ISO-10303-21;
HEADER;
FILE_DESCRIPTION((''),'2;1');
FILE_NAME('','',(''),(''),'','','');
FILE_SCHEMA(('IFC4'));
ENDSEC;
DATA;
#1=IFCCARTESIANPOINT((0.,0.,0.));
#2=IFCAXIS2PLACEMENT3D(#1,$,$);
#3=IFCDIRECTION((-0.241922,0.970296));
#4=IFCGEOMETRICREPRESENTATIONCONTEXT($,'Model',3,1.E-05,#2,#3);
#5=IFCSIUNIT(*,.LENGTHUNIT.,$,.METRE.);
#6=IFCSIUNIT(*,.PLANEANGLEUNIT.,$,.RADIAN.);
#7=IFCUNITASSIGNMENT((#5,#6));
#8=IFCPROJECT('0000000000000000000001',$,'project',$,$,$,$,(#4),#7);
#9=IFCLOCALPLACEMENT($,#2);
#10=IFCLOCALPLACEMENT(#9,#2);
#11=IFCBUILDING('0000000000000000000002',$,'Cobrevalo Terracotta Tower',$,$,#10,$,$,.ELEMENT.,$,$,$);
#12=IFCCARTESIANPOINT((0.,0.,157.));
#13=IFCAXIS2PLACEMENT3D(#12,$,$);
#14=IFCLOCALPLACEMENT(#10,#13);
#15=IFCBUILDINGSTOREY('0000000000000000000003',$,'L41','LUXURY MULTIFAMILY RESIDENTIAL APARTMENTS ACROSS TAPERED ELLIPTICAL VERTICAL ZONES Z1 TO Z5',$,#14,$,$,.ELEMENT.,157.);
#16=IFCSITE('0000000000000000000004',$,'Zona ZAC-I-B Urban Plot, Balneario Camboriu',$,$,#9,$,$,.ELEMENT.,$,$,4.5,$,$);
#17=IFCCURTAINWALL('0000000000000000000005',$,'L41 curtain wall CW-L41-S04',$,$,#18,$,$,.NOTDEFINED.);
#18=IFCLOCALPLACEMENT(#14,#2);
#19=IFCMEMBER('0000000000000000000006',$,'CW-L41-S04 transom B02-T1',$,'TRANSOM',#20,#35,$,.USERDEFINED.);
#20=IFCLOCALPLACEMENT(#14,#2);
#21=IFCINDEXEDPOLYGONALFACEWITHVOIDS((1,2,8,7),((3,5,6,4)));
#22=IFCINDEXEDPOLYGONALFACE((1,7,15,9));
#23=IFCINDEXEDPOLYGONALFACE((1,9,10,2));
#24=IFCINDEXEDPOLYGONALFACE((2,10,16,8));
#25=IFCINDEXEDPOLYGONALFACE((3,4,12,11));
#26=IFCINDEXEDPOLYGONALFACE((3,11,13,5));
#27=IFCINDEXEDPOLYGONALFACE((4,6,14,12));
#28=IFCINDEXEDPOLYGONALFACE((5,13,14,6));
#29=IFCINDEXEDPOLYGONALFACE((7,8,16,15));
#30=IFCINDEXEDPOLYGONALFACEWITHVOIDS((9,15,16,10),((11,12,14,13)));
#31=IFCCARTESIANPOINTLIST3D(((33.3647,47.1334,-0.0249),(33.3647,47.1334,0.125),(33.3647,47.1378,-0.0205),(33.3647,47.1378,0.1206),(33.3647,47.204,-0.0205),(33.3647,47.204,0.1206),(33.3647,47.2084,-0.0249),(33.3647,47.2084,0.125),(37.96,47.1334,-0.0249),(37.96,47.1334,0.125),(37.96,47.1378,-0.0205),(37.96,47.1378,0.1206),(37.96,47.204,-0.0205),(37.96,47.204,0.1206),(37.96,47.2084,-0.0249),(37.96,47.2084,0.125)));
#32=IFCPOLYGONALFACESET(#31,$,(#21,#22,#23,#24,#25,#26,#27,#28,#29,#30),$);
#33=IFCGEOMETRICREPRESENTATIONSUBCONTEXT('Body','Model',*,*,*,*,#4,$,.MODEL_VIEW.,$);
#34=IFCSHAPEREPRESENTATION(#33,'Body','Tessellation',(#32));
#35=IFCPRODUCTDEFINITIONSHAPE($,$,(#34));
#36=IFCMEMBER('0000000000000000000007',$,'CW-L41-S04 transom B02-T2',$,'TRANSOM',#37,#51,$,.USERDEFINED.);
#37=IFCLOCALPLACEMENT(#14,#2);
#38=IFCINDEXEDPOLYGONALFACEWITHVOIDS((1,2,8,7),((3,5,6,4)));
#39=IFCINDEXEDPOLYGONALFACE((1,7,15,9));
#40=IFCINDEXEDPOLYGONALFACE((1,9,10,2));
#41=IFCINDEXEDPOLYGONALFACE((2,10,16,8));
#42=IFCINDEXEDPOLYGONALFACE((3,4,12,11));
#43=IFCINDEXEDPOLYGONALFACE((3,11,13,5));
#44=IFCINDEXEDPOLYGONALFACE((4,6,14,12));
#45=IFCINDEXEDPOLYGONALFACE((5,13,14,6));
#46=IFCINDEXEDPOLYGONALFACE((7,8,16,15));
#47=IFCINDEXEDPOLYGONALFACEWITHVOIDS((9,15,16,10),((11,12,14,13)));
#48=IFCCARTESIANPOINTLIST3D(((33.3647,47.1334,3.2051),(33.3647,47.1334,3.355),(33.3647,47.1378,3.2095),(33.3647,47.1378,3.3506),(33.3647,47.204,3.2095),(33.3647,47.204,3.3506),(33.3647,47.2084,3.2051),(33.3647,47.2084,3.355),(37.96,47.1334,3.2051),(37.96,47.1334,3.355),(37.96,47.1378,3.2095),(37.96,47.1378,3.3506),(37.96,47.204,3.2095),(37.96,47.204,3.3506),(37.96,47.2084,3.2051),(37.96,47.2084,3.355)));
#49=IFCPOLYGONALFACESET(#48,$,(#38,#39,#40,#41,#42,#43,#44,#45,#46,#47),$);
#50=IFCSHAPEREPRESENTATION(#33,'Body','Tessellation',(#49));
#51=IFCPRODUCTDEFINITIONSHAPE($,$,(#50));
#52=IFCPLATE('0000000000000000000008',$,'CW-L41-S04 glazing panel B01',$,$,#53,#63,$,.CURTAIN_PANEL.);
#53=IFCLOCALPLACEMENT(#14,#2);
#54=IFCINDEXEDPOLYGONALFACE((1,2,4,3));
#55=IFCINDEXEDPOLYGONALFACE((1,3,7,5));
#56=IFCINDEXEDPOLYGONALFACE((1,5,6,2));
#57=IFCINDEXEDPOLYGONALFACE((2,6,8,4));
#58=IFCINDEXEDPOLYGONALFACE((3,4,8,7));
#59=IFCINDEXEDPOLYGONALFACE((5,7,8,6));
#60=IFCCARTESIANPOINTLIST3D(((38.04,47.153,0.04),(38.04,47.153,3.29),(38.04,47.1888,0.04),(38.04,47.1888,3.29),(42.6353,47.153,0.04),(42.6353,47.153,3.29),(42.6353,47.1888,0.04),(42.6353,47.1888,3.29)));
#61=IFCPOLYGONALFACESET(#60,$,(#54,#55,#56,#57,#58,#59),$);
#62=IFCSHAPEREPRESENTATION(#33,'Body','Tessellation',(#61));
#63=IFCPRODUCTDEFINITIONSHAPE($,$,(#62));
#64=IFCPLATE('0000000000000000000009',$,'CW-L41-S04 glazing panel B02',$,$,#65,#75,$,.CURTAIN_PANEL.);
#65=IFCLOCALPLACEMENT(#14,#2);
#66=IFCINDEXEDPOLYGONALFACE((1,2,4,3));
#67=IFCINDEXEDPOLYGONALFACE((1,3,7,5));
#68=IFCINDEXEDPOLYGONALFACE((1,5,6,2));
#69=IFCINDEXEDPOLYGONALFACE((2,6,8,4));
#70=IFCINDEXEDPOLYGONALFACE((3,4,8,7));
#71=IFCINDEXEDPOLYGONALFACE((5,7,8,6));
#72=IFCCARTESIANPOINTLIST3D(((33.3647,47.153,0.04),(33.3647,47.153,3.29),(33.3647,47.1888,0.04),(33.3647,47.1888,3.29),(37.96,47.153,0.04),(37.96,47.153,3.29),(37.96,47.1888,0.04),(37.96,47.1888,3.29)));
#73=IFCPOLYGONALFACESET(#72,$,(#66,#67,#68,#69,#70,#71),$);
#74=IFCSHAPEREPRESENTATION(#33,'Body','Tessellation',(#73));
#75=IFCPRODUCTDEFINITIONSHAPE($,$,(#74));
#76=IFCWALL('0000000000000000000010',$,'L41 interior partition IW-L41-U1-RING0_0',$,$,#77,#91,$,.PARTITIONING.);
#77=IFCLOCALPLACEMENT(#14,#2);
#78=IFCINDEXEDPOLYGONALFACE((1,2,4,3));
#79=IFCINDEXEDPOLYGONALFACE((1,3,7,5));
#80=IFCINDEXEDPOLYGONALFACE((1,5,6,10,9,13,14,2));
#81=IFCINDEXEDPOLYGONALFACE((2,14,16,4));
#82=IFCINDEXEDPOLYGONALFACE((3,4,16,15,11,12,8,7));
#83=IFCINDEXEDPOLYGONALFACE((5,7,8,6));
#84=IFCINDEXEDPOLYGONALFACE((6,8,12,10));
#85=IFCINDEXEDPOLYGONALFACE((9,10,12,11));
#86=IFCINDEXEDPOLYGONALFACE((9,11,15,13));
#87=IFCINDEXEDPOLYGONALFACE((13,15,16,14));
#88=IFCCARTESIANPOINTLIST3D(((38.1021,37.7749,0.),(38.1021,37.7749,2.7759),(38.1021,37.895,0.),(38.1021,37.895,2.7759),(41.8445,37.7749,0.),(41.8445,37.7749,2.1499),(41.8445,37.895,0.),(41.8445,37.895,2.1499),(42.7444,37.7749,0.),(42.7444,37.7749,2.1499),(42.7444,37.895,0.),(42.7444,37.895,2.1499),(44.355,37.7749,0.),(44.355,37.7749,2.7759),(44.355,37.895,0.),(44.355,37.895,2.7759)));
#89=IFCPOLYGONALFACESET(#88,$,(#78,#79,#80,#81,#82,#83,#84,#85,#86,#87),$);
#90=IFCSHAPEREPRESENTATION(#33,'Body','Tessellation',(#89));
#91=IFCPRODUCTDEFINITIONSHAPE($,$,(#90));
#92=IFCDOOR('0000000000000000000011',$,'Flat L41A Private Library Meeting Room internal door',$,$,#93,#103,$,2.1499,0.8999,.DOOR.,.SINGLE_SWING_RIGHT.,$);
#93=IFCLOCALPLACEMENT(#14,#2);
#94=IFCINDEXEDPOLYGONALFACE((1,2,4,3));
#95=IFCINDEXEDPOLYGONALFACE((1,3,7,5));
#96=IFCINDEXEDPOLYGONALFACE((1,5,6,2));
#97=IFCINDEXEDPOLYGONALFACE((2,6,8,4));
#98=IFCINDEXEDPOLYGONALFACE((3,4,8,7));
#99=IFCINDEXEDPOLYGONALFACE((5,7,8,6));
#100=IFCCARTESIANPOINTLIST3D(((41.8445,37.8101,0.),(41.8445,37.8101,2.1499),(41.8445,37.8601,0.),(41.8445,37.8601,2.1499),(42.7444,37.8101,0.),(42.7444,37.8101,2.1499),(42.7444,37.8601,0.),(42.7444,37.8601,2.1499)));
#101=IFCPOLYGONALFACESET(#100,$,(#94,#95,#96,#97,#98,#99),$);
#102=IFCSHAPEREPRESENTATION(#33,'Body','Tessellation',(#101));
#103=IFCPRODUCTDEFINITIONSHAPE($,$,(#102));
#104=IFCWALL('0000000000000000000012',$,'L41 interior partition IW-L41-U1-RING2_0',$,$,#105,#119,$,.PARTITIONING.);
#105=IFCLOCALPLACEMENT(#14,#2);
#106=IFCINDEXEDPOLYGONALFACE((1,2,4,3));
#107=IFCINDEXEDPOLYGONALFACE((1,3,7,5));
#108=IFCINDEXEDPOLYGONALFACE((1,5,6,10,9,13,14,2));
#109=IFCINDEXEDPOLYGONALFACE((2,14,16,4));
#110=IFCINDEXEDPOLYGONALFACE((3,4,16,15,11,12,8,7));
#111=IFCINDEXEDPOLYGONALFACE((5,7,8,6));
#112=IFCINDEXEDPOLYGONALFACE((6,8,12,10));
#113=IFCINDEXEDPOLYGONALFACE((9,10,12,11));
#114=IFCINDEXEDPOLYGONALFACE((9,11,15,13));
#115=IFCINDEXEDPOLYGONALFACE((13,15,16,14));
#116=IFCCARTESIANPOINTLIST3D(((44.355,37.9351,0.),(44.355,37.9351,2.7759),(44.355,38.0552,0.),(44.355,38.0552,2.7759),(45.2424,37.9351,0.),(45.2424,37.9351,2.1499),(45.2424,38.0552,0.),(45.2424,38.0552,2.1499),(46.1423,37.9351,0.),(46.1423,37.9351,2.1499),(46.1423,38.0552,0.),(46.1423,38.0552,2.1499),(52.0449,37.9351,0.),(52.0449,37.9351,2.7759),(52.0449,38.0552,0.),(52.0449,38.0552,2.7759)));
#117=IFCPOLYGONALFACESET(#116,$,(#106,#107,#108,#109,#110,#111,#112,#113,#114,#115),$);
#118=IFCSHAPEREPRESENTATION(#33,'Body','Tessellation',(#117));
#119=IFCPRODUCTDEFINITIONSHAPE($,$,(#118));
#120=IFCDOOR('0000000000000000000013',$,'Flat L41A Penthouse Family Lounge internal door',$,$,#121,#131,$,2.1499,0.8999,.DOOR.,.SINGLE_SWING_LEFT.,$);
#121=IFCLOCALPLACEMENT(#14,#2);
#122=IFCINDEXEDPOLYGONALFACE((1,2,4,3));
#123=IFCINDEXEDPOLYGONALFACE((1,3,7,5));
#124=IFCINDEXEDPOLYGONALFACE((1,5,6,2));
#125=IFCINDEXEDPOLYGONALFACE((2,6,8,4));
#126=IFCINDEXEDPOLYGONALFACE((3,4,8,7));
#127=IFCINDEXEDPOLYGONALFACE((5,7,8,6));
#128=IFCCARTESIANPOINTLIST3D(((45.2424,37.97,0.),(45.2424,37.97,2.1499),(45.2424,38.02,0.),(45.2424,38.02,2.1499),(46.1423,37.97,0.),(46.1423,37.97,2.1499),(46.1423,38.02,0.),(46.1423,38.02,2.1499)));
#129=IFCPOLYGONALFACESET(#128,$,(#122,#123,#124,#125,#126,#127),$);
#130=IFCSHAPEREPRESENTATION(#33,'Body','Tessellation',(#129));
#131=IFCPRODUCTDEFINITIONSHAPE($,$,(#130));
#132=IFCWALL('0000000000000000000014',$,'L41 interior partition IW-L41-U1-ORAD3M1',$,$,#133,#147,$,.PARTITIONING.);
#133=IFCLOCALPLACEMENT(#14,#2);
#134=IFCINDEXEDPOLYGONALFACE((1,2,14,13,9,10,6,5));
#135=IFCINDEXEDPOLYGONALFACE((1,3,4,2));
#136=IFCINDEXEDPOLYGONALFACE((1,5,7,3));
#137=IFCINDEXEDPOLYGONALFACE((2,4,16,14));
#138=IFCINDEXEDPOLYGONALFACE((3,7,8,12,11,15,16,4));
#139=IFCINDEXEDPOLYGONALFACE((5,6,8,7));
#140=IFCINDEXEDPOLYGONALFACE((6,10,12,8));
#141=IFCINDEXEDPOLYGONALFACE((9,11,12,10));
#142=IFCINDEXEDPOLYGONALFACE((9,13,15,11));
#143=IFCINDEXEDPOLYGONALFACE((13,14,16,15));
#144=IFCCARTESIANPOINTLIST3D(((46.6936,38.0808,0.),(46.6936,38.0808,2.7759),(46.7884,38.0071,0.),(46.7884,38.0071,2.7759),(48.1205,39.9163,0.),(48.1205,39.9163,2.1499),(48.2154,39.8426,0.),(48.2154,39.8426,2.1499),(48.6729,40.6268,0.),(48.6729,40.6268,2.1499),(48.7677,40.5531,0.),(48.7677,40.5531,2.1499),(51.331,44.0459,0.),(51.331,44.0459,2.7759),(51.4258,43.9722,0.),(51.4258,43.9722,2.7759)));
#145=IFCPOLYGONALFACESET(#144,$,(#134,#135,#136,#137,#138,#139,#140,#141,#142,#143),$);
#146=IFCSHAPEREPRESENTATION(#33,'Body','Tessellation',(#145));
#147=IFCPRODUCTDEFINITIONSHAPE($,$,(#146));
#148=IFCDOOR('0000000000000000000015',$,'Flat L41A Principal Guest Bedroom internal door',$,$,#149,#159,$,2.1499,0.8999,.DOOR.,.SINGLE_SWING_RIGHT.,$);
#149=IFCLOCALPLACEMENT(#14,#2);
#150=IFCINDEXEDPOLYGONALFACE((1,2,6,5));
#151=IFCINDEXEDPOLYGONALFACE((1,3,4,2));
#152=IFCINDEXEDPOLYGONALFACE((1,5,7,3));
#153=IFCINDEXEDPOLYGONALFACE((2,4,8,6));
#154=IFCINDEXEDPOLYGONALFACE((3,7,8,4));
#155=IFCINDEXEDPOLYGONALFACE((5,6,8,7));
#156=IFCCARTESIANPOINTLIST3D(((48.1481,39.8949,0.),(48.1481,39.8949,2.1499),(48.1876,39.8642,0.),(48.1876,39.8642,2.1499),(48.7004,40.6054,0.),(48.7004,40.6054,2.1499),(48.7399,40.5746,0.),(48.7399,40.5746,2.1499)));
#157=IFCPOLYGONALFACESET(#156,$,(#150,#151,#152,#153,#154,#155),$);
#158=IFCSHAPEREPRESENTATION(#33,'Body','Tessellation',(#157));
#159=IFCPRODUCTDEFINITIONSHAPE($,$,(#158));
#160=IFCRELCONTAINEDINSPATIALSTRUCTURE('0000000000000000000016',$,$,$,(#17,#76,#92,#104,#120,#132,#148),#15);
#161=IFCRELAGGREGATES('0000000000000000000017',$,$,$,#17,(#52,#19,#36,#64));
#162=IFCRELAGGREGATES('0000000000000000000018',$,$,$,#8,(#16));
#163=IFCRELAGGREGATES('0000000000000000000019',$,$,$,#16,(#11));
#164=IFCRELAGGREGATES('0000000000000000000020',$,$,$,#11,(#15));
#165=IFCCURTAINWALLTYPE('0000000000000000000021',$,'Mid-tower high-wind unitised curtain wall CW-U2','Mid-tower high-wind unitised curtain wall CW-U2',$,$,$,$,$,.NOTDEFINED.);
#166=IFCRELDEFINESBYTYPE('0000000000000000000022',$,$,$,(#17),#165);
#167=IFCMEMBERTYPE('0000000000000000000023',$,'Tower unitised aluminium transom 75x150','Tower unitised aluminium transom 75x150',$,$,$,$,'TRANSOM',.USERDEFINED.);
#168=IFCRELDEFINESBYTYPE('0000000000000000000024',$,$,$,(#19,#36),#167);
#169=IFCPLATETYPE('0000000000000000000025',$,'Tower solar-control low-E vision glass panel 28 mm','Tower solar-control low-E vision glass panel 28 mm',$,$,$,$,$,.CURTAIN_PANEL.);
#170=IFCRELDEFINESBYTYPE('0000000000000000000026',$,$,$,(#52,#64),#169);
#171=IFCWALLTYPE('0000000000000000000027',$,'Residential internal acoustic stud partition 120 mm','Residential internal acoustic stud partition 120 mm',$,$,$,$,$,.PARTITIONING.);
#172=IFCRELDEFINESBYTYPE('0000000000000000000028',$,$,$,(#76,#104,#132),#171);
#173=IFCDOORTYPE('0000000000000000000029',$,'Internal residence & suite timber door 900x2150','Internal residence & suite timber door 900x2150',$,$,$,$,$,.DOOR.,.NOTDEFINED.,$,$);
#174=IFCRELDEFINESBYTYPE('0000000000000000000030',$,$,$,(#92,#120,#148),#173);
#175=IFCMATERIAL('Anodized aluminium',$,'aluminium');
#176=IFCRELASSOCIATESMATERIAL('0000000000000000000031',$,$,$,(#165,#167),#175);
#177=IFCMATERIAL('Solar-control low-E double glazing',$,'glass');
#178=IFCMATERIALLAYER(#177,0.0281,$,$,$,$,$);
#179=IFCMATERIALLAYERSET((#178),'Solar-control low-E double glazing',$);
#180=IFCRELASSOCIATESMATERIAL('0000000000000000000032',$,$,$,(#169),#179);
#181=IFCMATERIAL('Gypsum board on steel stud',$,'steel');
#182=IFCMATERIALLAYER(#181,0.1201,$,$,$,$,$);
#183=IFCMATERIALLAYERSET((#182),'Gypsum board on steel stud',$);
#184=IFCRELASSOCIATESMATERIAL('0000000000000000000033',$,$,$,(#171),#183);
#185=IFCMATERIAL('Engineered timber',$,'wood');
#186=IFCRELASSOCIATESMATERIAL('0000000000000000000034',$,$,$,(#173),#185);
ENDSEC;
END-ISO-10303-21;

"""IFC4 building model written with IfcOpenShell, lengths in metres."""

from ifc_helpers import new_model, si_unit, direction, frame, frame_2d, origin, origin_2d, place, context, subcontext, project, spatial, rectangle, hollow_rectangle, extrude, source, transform, mapped, material, layer, layer_set, material_profile, profile_set, type_object, element, fill, aggregate, save


model = new_model("IFC4")

# Units and contexts
model_context = context("Model", 3, precision=1e-05, world=origin(), true_north=direction((-0.241922, 0.970296)))
body_context = subcontext(model_context, "Body", "Model", "MODEL_VIEW")
ifc_project = project(units=[si_unit("LENGTHUNIT", "METRE"), si_unit("PLANEANGLEUNIT", "RADIAN")], contexts=[model_context])

# Site, building, storey
site_placement = place(None, origin())
site = spatial("IfcSite", under=ifc_project, at=site_placement, Name="Zona ZAC-I-B Urban Plot, Balneario Camboriu", CompositionType="ELEMENT", RefElevation=4.5)
building_placement = place(site_placement, origin())
building = spatial("IfcBuilding", under=site, at=building_placement, Name="Cobrevalo Terracotta Tower", CompositionType="ELEMENT")
storey_placement = place(building_placement, frame((0.0, 0.0, 157.0)))
storey = spatial("IfcBuildingStorey", under=building, at=storey_placement, Name="L41", Description="LUXURY MULTIFAMILY RESIDENTIAL APARTMENTS ACROSS TAPERED ELLIPTICAL VERTICAL ZONES Z1 TO Z5", CompositionType="ELEMENT", Elevation=157.0)

# Curtain wall, members, plates
ifc_material_1 = material(Name="Anodized aluminium", Category="aluminium")
curtain_wall_type = type_object("IfcCurtainWallType", Name="Mid-tower high-wind unitised curtain wall CW-U2", Description="Mid-tower high-wind unitised curtain wall CW-U2", PredefinedType="NOTDEFINED", material=ifc_material_1)
curtain_wall_placement = place(storey_placement, origin())
curtain_wall = element("IfcCurtainWall", 1, at=curtain_wall_placement, inside=storey, type_object=curtain_wall_type, Name="L41 curtain wall CW-L41-S04", PredefinedType="NOTDEFINED")
ifc_material_profile_1 = material_profile(ifc_material_1, hollow_rectangle(XDim=0.075, YDim=0.1499, WallThickness=0.0044, at=origin_2d()), Name="CWT 75x150")
ifc_profile_set_1 = profile_set([ifc_material_profile_1], Name="Anodized aluminium")
member_type_1 = type_object("IfcMemberType", Name="Tower unitised aluminium transom 75x150", Description="Tower unitised aluminium transom 75x150", ElementType="TRANSOM", PredefinedType="USERDEFINED", material=ifc_profile_set_1)
shared_shape_1 = source(origin(), body_context, "Body", "SweptSolid", [
    extrude(hollow_rectangle(XDim=0.075, YDim=0.1499, WallThickness=0.0044, at=origin_2d()), origin(), (0.0, 0.0, 1.0), 4.5952),
])
member_1_placement = place(storey_placement, frame((37.96, 47.1709, 0.05), z_axis=(-1.0, 0.0, 0.0), x_axis=(0.0, -1.0, 0.0)))
member_1 = element("IfcMember", 2, at=member_1_placement, type_object=member_type_1, Name="CW-L41-S04 transom B02-T1", ObjectType="TRANSOM", PredefinedType="USERDEFINED", context=body_context, shape_type="MappedRepresentation", body=[
    mapped(shared_shape_1, transform((0.0, 0.0, 0.0), scale=1.0)),
])
member_2_placement = place(storey_placement, frame((37.96, 47.1709, 3.28), z_axis=(-1.0, 0.0, 0.0), x_axis=(0.0, -1.0, 0.0)))
member_2 = element("IfcMember", 3, at=member_2_placement, type_object=member_type_1, Name="CW-L41-S04 transom B02-T2", ObjectType="TRANSOM", PredefinedType="USERDEFINED", context=body_context, shape_type="MappedRepresentation", body=[
    mapped(shared_shape_1, transform((0.0, 0.0, 0.0), scale=1.0)),
])
ifc_material_2 = material(Name="Solar-control low-E double glazing", Category="glass")
ifc_layer_1 = layer(ifc_material_2, 0.0281)
ifc_layer_set_1 = layer_set([ifc_layer_1], Name="Solar-control low-E double glazing")
plate_type = type_object("IfcPlateType", Name="Tower solar-control low-E vision glass panel 28 mm", Description="Tower solar-control low-E vision glass panel 28 mm", PredefinedType="CURTAIN_PANEL", material=ifc_layer_set_1)
shared_shape_2 = source(origin(), body_context, "Body", "SweptSolid", [
    extrude(rectangle(XDim=4.5952, YDim=0.0359, at=origin_2d()), origin(), (0.0, 0.0, 1.0), 3.25),
])
plate_1_placement = place(storey_placement, frame((40.3376, 47.1709, 0.04), z_axis=(0.0, 0.0, 1.0), x_axis=(-1.0, 0.0, 0.0)))
plate_1 = element("IfcPlate", 4, at=plate_1_placement, type_object=plate_type, Name="CW-L41-S04 glazing panel B01", PredefinedType="CURTAIN_PANEL", context=body_context, shape_type="MappedRepresentation", body=[
    mapped(shared_shape_2, transform((0.0, 0.0, 0.0), scale=1.0)),
])
plate_2_placement = place(storey_placement, frame((35.6624, 47.1709, 0.04), z_axis=(0.0, 0.0, 1.0), x_axis=(-1.0, 0.0, 0.0)))
plate_2 = element("IfcPlate", 5, at=plate_2_placement, type_object=plate_type, Name="CW-L41-S04 glazing panel B02", PredefinedType="CURTAIN_PANEL", context=body_context, shape_type="MappedRepresentation", body=[
    mapped(shared_shape_2, transform((0.0, 0.0, 0.0), scale=1.0)),
])
aggregate(curtain_wall, [plate_1, member_1, member_2, plate_2])

# Walls, openings, doors
ifc_material_3 = material(Name="Gypsum board on steel stud", Category="steel")
ifc_layer_2 = layer(ifc_material_3, 0.1201)
ifc_layer_set_2 = layer_set([ifc_layer_2], Name="Gypsum board on steel stud")
wall_type = type_object("IfcWallType", Name="Residential internal acoustic stud partition 120 mm", Description="Residential internal acoustic stud partition 120 mm", PredefinedType="PARTITIONING", material=ifc_layer_set_2)
wall_1_placement = place(storey_placement, frame((38.1021, 37.835, 0.0), z_axis=(0.0, 0.0, 1.0), x_axis=(1.0, 0.0, 0.0)))
wall_1 = element("IfcWall", 6, at=wall_1_placement, inside=storey, type_object=wall_type, Name="L41 interior partition IW-L41-U1-RING0_0", PredefinedType="PARTITIONING", context=body_context, shape_type="SweptSolid", body=[
    extrude(rectangle(XDim=6.2529, YDim=0.1201, at=frame_2d((3.1265, 0.0))), origin(), (0.0, 0.0, 1.0), 2.7759),
])
opening_1_placement = place(wall_1_placement, frame((3.7424, 0.0, 0.0)))
opening_1 = element("IfcOpeningElement", 7, at=opening_1_placement, cuts=wall_1, PredefinedType="OPENING", context=body_context, shape_type="SweptSolid", body=[
    extrude(rectangle(XDim=0.8999, YDim=2.1499, at=frame_2d((0.45, 1.075))), frame((0.0, 0.0701, 0.0), z_axis=(0.0, -1.0, 0.0), x_axis=(1.0, 0.0, 0.0)), (0.0, 0.0, 1.0), 0.1401),
])
ifc_material_4 = material(Name="Engineered timber", Category="wood")
door_type = type_object("IfcDoorType", Name="Internal residence & suite timber door 900x2150", Description="Internal residence & suite timber door 900x2150", OperationType="NOTDEFINED", PredefinedType="DOOR", material=ifc_material_4)
shared_shape_3 = source(origin(), body_context, "Body", "SweptSolid", [
    extrude(rectangle(XDim=0.8999, YDim=2.1499, at=frame_2d((0.45, 1.075))), frame((0.0, 0.0249, 0.0), z_axis=(0.0, -1.0, 0.0), x_axis=(1.0, 0.0, 0.0)), (0.0, 0.0, 1.0), 0.05),
])
door_1_placement = place(opening_1_placement, frame((0.8999, 0.0, 0.0), z_axis=(0.0, 0.0, 1.0), x_axis=(-1.0, 0.0, 0.0)))
door_1 = element("IfcDoor", 8, at=door_1_placement, inside=storey, type_object=door_type, Name="Flat L41A Private Library Meeting Room internal door", OperationType="SINGLE_SWING_RIGHT", OverallHeight=2.1499, OverallWidth=0.8999, PredefinedType="DOOR", context=body_context, shape_type="MappedRepresentation", body=[
    mapped(shared_shape_3, transform((0.0, 0.0, 0.0), scale=1.0)),
])
fill(opening_1, door_1)
wall_2_placement = place(storey_placement, frame((44.355, 37.9951, 0.0), z_axis=(0.0, 0.0, 1.0), x_axis=(1.0, 0.0, 0.0)))
wall_2 = element("IfcWall", 9, at=wall_2_placement, inside=storey, type_object=wall_type, Name="L41 interior partition IW-L41-U1-RING2_0", PredefinedType="PARTITIONING", context=body_context, shape_type="SweptSolid", body=[
    extrude(rectangle(XDim=7.6899, YDim=0.1201, at=frame_2d((3.845, 0.0))), origin(), (0.0, 0.0, 1.0), 2.7759),
])
opening_2_placement = place(wall_2_placement, frame((0.8875, 0.0, 0.0)))
opening_2 = element("IfcOpeningElement", 10, at=opening_2_placement, cuts=wall_2, PredefinedType="OPENING", context=body_context, shape_type="SweptSolid", body=[
    extrude(rectangle(XDim=0.8999, YDim=2.1499, at=frame_2d((0.45, 1.075))), frame((0.0, 0.0701, 0.0), z_axis=(0.0, -1.0, 0.0), x_axis=(1.0, 0.0, 0.0)), (0.0, 0.0, 1.0), 0.1401),
])
door_2_placement = place(opening_2_placement, origin())
door_2 = element("IfcDoor", 11, at=door_2_placement, inside=storey, type_object=door_type, Name="Flat L41A Penthouse Family Lounge internal door", OperationType="SINGLE_SWING_LEFT", OverallHeight=2.1499, OverallWidth=0.8999, PredefinedType="DOOR", context=body_context, shape_type="MappedRepresentation", body=[
    mapped(shared_shape_3, transform((0.0, 0.0, 0.0), scale=1.0)),
])
fill(opening_2, door_2)
wall_3_placement = place(storey_placement, frame((46.741, 38.0439, 0.0), z_axis=(0.0, 0.0, 1.0), x_axis=(0.613771, 0.789484, 0.0)))
wall_3 = element("IfcWall", 12, at=wall_3_placement, inside=storey, type_object=wall_type, Name="L41 interior partition IW-L41-U1-ORAD3M1", PredefinedType="PARTITIONING", context=body_context, shape_type="SweptSolid", body=[
    extrude(rectangle(XDim=7.5557, YDim=0.1201, at=frame_2d((3.7778, 0.0))), origin(), (0.0, 0.0, 1.0), 2.7759),
])
opening_3_placement = place(wall_3_placement, frame((2.325, 0.0, 0.0)))
opening_3 = element("IfcOpeningElement", 13, at=opening_3_placement, cuts=wall_3, PredefinedType="OPENING", context=body_context, shape_type="SweptSolid", body=[
    extrude(rectangle(XDim=0.8999, YDim=2.1499, at=frame_2d((0.45, 1.075))), frame((0.0, 0.0701, 0.0), z_axis=(0.0, -1.0, 0.0), x_axis=(1.0, 0.0, 0.0)), (0.0, 0.0, 1.0), 0.1401),
])
door_3_placement = place(opening_3_placement, frame((0.8999, 0.0, 0.0), z_axis=(0.0, 0.0, 1.0), x_axis=(-1.0, 0.0, 0.0)))
door_3 = element("IfcDoor", 14, at=door_3_placement, inside=storey, type_object=door_type, Name="Flat L41A Principal Guest Bedroom internal door", OperationType="SINGLE_SWING_RIGHT", OverallHeight=2.1499, OverallWidth=0.8999, PredefinedType="DOOR", context=body_context, shape_type="MappedRepresentation", body=[
    mapped(shared_shape_3, transform((0.0, 0.0, 0.0), scale=1.0)),
])
fill(opening_3, door_3)

save(model, "model.ifc")
